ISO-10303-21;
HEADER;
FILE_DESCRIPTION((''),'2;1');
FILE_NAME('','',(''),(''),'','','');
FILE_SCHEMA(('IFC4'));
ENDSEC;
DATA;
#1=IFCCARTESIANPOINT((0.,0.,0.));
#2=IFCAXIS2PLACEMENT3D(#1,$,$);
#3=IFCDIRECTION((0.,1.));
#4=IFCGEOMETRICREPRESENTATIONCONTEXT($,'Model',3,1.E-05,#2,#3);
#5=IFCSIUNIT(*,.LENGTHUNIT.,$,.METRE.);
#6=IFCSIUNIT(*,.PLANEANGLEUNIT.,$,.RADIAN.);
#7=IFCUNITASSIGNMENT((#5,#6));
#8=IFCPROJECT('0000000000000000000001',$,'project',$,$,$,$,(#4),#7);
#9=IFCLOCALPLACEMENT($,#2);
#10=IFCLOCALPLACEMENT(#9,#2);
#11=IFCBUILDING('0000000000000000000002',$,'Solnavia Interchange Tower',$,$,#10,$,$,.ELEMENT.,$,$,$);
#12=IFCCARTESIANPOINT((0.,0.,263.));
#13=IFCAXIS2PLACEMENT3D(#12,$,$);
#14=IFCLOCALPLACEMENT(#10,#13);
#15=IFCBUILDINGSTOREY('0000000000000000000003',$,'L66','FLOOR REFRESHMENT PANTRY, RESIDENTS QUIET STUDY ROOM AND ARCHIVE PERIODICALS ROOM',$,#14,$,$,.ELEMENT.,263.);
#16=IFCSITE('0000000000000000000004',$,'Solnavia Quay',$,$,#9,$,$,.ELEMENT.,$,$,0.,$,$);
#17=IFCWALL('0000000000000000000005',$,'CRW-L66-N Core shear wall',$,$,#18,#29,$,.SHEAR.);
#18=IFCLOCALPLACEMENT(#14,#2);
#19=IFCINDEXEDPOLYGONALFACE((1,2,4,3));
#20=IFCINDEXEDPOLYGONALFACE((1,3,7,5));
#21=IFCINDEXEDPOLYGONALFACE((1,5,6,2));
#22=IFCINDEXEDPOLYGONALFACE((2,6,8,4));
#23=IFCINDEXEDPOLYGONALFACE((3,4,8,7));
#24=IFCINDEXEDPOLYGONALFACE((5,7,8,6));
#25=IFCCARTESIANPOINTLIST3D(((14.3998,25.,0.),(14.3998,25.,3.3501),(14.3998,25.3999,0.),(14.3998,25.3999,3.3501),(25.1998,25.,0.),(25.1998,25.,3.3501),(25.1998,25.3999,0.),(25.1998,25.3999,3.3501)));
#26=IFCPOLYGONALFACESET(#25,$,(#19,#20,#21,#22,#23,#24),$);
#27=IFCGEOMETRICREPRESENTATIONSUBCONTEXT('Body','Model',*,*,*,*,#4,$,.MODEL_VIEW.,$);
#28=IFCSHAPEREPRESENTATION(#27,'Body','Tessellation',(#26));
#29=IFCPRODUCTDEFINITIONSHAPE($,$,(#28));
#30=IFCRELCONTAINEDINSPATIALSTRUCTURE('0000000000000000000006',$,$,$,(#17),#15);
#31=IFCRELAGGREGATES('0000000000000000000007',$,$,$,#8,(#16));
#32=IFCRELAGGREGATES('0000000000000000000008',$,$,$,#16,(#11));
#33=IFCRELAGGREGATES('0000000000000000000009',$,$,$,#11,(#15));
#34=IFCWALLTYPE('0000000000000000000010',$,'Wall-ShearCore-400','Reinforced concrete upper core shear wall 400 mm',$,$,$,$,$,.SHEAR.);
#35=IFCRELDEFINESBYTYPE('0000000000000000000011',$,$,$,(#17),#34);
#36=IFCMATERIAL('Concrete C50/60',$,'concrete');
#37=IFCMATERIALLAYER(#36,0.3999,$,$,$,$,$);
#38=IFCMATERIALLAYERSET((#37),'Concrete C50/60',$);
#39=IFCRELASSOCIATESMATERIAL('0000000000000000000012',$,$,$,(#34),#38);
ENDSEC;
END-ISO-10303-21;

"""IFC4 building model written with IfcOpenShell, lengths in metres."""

from ifc_helpers import new_model, si_unit, direction, frame, frame_2d, origin, place, context, subcontext, project, spatial, rectangle, extrude, material, layer, layer_set, type_object, element, save


model = new_model("IFC4")

# Units and contexts
model_context = context("Model", 3, precision=1e-05, world=origin(), true_north=direction((0.0, 1.0)))
body_context = subcontext(model_context, "Body", "Model", "MODEL_VIEW")
ifc_project = project(units=[si_unit("LENGTHUNIT", "METRE"), si_unit("PLANEANGLEUNIT", "RADIAN")], contexts=[model_context])

# Site, building, storey
site_placement = place(None, origin())
site = spatial("IfcSite", under=ifc_project, at=site_placement, Name="Solnavia Quay", CompositionType="ELEMENT", RefElevation=0.0)
building_placement = place(site_placement, origin())
building = spatial("IfcBuilding", under=site, at=building_placement, Name="Solnavia Interchange Tower", CompositionType="ELEMENT")
storey_placement = place(building_placement, frame((0.0, 0.0, 263.0)))
storey = spatial("IfcBuildingStorey", under=building, at=storey_placement, Name="L66", Description="FLOOR REFRESHMENT PANTRY, RESIDENTS QUIET STUDY ROOM AND ARCHIVE PERIODICALS ROOM", CompositionType="ELEMENT", Elevation=263.0)

# Shared definitions
ifc_material_1 = material(Name="Concrete C50/60", Category="concrete")

# Wall
ifc_layer_1 = layer(ifc_material_1, 0.3999)
ifc_layer_set_1 = layer_set([ifc_layer_1], Name="Concrete C50/60")
wall_type_1 = type_object("IfcWallType", Name="Wall-ShearCore-400", Description="Reinforced concrete upper core shear wall 400 mm", PredefinedType="SHEAR", material=ifc_layer_set_1)
wall_1_placement = place(storey_placement, frame((14.3999, 25.2, 0.0), z_axis=(0.0, 0.0, 1.0), x_axis=(1.0, 0.0, 0.0)))
element("IfcWall", 1, at=wall_1_placement, inside=storey, type_object=wall_type_1, Name="CRW-L66-N Core shear wall", PredefinedType="SHEAR", context=body_context, shape_type="SweptSolid", body=[
    extrude(rectangle(XDim=10.8, YDim=0.3999, at=frame_2d((5.3999, 0.0))), origin(), (0.0, 0.0, 1.0), 3.3501),
])

save(model, "model.ifc")
